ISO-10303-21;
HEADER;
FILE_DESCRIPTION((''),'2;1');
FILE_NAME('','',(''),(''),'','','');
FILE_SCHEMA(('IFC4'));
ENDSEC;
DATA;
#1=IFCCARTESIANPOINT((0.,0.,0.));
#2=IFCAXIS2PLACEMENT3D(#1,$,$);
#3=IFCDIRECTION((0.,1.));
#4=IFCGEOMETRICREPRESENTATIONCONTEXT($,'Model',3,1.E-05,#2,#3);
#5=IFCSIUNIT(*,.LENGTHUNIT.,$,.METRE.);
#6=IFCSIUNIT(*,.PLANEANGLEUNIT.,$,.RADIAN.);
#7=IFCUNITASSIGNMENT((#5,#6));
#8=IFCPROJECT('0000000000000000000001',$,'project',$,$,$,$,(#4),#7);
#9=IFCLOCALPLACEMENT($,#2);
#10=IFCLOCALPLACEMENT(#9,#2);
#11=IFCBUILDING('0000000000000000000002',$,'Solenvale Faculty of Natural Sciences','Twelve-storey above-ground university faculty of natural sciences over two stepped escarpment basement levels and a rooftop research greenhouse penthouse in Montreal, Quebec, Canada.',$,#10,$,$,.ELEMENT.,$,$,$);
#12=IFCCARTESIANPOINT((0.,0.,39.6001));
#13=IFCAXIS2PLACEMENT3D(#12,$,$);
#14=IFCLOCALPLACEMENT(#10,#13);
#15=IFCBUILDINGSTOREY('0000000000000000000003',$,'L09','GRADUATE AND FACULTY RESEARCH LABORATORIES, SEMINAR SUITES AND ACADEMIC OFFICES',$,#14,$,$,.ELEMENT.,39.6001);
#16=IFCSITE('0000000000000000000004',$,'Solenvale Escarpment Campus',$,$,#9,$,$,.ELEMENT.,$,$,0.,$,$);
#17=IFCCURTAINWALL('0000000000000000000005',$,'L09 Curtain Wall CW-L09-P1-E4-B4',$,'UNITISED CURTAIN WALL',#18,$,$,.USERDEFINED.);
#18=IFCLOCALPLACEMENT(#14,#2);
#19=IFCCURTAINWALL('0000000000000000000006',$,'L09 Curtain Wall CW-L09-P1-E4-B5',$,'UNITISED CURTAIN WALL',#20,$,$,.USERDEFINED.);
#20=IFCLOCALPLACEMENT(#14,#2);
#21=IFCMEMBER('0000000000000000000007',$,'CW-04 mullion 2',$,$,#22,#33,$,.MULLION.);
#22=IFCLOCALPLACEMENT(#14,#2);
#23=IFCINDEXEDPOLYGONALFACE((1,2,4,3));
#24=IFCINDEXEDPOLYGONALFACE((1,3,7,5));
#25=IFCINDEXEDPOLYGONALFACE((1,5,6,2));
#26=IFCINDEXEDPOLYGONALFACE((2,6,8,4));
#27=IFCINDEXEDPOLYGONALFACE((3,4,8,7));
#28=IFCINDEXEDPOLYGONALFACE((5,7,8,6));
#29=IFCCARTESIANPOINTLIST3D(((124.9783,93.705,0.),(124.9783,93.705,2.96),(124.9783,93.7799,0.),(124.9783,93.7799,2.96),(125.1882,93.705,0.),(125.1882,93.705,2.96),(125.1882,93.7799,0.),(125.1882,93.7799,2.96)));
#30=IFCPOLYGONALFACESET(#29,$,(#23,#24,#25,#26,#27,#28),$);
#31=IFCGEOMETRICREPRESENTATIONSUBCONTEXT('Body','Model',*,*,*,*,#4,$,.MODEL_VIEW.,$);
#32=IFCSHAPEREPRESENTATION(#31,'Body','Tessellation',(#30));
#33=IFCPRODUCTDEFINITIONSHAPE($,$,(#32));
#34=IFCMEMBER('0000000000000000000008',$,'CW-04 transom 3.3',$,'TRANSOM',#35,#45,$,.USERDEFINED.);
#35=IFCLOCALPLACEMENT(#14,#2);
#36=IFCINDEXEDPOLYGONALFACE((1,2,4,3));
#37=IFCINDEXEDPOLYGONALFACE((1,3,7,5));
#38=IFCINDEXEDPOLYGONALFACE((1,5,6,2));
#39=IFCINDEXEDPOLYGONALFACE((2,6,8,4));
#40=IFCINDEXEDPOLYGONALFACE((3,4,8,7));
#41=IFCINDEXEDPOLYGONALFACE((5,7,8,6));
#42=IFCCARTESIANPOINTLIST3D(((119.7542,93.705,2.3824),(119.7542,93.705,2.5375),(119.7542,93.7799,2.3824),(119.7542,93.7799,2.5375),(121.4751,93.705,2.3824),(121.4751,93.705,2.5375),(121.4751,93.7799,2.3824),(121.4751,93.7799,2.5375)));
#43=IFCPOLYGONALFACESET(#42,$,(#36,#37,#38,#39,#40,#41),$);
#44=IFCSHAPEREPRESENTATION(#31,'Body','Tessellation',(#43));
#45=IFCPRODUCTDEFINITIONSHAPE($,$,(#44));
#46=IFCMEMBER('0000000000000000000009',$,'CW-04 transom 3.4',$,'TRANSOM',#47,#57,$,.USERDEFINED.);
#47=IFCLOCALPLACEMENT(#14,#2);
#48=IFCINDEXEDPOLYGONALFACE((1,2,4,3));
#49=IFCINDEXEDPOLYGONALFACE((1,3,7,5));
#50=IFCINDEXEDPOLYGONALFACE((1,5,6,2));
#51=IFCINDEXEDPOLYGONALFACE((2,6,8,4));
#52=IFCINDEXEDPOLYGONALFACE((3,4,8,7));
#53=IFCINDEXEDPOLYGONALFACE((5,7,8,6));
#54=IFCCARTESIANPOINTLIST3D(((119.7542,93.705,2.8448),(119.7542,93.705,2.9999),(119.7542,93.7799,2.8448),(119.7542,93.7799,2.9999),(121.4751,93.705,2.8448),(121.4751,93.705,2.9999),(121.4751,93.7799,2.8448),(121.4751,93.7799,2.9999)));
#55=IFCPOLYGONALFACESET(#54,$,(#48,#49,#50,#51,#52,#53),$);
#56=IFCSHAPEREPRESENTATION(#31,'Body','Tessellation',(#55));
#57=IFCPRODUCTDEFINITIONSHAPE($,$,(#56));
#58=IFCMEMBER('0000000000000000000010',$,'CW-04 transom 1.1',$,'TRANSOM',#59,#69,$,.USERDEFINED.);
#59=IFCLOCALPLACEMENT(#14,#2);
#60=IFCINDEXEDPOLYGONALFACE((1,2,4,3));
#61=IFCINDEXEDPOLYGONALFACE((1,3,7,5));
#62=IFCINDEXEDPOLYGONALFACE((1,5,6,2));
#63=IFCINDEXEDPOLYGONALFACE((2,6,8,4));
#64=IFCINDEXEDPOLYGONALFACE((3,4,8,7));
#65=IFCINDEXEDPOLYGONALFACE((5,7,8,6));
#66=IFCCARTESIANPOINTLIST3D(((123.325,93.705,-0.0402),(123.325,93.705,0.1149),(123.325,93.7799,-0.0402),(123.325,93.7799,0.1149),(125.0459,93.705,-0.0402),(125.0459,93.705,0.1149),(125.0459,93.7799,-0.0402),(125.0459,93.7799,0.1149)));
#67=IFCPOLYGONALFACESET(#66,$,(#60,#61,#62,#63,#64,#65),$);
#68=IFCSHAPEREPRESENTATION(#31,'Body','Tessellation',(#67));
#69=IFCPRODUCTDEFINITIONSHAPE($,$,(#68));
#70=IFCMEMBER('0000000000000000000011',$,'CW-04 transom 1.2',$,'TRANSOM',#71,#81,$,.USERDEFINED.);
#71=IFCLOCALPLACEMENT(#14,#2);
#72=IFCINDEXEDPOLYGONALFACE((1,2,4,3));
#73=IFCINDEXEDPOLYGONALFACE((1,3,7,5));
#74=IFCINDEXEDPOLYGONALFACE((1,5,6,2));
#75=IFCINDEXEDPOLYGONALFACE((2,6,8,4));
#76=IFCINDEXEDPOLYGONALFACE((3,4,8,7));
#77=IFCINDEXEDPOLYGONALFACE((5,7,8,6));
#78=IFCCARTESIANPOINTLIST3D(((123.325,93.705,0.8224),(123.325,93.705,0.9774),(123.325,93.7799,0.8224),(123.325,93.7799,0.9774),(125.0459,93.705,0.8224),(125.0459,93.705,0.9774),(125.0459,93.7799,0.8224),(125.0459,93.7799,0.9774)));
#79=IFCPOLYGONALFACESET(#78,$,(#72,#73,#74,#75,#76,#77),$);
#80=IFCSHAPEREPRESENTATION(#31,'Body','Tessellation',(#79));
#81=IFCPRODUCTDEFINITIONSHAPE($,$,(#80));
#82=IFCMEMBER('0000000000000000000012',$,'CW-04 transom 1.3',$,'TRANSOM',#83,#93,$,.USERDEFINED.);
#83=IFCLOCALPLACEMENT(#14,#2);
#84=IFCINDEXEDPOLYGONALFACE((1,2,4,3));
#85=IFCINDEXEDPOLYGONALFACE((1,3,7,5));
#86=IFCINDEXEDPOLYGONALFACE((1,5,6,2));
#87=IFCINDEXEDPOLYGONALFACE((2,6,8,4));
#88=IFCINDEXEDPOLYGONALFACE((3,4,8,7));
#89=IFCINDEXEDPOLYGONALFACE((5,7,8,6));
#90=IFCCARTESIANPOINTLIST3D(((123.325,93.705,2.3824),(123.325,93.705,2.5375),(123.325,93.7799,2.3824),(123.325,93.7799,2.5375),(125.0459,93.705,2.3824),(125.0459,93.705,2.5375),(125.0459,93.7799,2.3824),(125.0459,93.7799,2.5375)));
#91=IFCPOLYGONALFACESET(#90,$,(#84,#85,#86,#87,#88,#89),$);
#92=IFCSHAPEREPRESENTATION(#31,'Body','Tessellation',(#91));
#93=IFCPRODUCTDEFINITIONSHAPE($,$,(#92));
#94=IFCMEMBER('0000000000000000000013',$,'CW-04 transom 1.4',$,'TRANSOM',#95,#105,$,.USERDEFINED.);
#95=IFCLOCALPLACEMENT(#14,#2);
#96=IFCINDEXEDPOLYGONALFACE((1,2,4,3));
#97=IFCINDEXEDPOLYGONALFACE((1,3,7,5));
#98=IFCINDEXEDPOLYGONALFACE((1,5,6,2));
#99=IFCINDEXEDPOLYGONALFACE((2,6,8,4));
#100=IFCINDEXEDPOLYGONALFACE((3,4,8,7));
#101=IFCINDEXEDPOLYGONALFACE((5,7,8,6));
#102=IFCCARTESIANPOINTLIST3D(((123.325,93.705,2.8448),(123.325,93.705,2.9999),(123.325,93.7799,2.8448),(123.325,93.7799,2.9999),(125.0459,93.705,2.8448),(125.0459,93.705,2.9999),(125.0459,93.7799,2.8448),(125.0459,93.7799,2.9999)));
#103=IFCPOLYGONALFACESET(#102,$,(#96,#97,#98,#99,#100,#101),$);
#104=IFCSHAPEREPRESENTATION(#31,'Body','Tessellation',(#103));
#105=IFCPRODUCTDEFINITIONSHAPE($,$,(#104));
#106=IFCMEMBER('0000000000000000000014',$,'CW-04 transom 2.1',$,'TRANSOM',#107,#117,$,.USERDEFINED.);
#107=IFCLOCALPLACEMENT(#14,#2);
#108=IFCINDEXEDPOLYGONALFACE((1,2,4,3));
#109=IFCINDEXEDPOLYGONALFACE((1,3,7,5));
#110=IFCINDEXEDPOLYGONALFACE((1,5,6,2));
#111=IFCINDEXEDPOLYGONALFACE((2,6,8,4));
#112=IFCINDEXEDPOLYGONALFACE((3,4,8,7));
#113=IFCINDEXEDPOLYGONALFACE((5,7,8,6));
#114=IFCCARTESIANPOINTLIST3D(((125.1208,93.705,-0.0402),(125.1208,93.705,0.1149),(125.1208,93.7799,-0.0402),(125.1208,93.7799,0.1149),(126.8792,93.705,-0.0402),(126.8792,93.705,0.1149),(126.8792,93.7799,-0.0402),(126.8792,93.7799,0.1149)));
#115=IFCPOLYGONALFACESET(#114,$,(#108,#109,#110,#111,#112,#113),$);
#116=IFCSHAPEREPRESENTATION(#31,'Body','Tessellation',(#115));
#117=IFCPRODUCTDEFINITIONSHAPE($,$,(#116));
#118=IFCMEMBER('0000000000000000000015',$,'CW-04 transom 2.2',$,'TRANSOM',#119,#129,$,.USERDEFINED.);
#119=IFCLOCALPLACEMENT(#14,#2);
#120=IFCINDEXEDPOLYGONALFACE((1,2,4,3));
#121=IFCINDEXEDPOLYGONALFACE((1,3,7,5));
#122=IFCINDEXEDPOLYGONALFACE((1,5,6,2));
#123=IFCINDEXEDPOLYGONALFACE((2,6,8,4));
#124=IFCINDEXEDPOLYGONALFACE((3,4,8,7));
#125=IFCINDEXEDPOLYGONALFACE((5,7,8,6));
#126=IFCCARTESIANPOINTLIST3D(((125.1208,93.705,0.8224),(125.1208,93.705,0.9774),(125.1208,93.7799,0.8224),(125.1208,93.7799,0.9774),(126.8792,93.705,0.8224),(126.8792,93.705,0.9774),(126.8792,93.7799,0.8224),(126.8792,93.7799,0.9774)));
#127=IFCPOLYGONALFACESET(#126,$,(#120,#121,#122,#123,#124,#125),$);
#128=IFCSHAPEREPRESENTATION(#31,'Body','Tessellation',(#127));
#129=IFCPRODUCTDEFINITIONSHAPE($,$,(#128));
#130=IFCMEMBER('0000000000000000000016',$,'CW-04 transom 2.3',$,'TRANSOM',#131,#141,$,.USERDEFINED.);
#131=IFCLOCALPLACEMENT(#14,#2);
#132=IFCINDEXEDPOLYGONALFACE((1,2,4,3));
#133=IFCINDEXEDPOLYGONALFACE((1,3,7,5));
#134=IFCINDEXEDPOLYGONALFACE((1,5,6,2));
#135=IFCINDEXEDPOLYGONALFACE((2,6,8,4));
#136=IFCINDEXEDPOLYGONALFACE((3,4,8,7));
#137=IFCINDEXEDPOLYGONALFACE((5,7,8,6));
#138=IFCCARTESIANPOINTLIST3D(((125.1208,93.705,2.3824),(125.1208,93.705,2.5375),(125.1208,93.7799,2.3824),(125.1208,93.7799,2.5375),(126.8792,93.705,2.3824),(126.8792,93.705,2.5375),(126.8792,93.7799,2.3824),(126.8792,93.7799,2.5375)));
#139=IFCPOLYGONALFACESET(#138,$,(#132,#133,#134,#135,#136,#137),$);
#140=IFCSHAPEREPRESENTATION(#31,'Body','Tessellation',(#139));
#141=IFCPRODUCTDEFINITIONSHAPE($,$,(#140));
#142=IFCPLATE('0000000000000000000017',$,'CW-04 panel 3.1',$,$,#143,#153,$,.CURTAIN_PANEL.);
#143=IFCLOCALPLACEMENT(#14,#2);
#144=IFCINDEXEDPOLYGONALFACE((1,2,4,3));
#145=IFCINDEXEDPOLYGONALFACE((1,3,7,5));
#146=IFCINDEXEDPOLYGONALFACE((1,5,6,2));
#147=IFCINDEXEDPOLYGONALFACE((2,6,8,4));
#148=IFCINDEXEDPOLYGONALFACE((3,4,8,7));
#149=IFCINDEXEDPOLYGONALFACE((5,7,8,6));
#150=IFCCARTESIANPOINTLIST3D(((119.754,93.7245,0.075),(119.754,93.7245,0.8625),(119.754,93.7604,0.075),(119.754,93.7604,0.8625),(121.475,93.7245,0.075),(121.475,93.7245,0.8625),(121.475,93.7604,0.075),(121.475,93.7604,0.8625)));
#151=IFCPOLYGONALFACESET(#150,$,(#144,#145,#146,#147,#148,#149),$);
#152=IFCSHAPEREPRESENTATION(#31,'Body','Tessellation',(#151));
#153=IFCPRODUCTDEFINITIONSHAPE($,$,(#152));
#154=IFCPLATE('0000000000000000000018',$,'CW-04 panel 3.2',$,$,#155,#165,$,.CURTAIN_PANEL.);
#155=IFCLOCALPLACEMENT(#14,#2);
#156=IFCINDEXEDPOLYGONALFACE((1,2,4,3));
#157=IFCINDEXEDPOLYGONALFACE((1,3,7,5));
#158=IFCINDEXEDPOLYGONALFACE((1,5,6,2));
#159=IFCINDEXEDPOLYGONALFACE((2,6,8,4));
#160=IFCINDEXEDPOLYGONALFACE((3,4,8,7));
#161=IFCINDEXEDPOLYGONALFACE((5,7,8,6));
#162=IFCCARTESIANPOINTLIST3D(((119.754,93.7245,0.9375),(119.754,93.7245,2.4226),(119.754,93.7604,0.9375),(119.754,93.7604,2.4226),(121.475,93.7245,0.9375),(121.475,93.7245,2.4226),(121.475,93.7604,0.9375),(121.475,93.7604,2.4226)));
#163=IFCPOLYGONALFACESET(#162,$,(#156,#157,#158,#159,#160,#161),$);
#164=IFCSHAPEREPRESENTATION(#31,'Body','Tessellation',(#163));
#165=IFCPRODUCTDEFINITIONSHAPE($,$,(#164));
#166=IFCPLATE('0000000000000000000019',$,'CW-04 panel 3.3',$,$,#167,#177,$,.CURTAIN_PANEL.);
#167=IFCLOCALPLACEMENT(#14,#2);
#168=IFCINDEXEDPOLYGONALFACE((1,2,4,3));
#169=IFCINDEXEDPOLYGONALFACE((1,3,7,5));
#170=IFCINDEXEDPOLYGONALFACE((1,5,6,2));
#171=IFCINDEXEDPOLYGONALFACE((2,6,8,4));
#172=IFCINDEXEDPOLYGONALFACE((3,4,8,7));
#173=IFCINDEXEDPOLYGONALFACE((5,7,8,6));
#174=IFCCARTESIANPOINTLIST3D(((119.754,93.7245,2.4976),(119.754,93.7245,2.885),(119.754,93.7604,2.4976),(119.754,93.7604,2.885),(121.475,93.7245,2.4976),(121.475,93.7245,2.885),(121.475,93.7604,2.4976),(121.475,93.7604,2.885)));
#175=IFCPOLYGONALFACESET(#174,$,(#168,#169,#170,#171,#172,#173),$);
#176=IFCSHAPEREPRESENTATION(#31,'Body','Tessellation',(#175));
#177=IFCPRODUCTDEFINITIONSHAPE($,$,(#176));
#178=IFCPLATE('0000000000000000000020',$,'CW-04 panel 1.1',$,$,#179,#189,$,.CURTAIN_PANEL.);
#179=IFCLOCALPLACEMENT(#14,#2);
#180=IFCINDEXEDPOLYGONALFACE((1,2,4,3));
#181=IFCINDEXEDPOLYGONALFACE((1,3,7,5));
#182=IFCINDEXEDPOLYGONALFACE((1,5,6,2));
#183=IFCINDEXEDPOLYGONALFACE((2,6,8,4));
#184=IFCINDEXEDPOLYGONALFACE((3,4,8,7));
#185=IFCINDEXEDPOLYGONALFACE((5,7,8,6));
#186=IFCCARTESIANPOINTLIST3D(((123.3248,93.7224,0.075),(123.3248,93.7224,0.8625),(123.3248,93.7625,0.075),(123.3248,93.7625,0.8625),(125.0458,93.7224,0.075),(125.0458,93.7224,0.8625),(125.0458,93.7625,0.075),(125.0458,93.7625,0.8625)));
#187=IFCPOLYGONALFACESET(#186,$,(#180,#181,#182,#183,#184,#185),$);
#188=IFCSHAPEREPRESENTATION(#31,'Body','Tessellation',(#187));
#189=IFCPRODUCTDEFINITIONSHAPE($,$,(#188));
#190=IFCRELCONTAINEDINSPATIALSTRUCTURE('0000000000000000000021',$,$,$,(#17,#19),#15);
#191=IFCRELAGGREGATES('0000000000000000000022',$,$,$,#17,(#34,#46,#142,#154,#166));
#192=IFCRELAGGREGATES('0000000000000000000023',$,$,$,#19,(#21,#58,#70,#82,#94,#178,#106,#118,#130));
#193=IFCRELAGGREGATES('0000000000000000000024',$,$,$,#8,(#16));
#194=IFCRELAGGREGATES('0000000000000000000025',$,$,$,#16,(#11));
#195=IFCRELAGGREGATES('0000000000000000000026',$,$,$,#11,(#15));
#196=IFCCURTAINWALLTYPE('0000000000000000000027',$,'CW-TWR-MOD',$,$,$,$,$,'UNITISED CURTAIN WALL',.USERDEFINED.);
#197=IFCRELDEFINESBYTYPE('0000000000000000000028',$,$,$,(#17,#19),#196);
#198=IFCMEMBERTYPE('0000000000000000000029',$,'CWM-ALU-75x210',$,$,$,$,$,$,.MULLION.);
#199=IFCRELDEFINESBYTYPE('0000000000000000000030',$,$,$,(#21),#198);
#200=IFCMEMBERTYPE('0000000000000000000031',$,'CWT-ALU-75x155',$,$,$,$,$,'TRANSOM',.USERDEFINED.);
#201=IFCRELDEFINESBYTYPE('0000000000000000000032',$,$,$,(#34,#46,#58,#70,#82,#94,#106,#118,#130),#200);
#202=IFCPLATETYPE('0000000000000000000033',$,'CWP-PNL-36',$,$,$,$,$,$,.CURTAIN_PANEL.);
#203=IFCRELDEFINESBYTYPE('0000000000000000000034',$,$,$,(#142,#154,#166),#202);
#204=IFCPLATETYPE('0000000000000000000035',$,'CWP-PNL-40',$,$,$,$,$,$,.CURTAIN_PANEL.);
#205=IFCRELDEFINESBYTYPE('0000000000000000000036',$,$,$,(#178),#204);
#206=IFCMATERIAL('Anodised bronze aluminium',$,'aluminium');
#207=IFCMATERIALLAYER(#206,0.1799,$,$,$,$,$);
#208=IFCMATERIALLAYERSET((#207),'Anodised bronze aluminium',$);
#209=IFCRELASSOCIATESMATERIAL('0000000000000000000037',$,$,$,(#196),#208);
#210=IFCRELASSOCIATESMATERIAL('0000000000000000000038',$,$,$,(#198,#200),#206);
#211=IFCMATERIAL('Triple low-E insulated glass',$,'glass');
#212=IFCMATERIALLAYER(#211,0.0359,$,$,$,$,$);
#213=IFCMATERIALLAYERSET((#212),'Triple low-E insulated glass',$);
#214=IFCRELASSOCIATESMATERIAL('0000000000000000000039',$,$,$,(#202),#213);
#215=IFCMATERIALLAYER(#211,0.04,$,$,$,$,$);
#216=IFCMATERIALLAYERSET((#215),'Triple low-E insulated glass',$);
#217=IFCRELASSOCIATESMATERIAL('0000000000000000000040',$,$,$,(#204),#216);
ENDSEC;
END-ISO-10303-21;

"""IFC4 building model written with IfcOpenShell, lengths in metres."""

from ifc_helpers import new_model, si_unit, direction, frame, origin, origin_2d, place, context, subcontext, project, spatial, rectangle, extrude, material, layer, layer_set, material_profile, profile_set, type_object, element, aggregate, save


model = new_model("IFC4")

# Units and contexts
model_context = context("Model", 3, precision=1e-05, world=origin(), true_north=direction((0.0, 1.0)))
body_context = subcontext(model_context, "Body", "Model", "MODEL_VIEW")
ifc_project = project(units=[si_unit("LENGTHUNIT", "METRE"), si_unit("PLANEANGLEUNIT", "RADIAN")], contexts=[model_context])

# Site, building, storey
site_placement = place(None, origin())
site = spatial("IfcSite", under=ifc_project, at=site_placement, Name="Solenvale Escarpment Campus", CompositionType="ELEMENT", RefElevation=0.0)
building_placement = place(site_placement, origin())
building = spatial("IfcBuilding", under=site, at=building_placement, Name="Solenvale Faculty of Natural Sciences", Description="Twelve-storey above-ground university faculty of natural sciences over two stepped escarpment basement levels and a rooftop research greenhouse penthouse in Montreal, Quebec, Canada.", CompositionType="ELEMENT")
storey_placement = place(building_placement, frame((0.0, 0.0, 39.6001)))
storey = spatial("IfcBuildingStorey", under=building, at=storey_placement, Name="L09", Description="GRADUATE AND FACULTY RESEARCH LABORATORIES, SEMINAR SUITES AND ACADEMIC OFFICES", CompositionType="ELEMENT", Elevation=39.6001)

# Curtain wall
ifc_material_1 = material(Name="Anodised bronze aluminium", Category="aluminium")
ifc_layer_1 = layer(ifc_material_1, 0.1799)
ifc_layer_set_1 = layer_set([ifc_layer_1], Name="Anodised bronze aluminium")
curtain_wall_type = type_object("IfcCurtainWallType", Name="CW-TWR-MOD", ElementType="UNITISED CURTAIN WALL", PredefinedType="USERDEFINED", material=ifc_layer_set_1)
curtain_wall_1_placement = place(storey_placement, origin())
curtain_wall_1 = element("IfcCurtainWall", 1, at=curtain_wall_1_placement, inside=storey, type_object=curtain_wall_type, Name="L09 Curtain Wall CW-L09-P1-E4-B4", ObjectType="UNITISED CURTAIN WALL", PredefinedType="USERDEFINED")
ifc_material_profile_1 = material_profile(ifc_material_1, rectangle(XDim=0.075, YDim=0.21, at=origin_2d()), Name="ALU-MUL-75x210")
ifc_profile_set_1 = profile_set([ifc_material_profile_1], Name="Anodised bronze aluminium")
member_type_1 = type_object("IfcMemberType", Name="CWM-ALU-75x210", PredefinedType="MULLION", material=ifc_profile_set_1)

# Curtain wall, member
curtain_wall_2_placement = place(storey_placement, origin())
curtain_wall_2 = element("IfcCurtainWall", 2, at=curtain_wall_2_placement, inside=storey, type_object=curtain_wall_type, Name="L09 Curtain Wall CW-L09-P1-E4-B5", ObjectType="UNITISED CURTAIN WALL", PredefinedType="USERDEFINED")
member_1_placement = place(storey_placement, frame((125.0833, 93.7424, 0.0), z_axis=(0.0, 0.0, 1.0), x_axis=(0.0, 1.0, 0.0)))
member_1 = element("IfcMember", 3, at=member_1_placement, type_object=member_type_1, Name="CW-04 mullion 2", PredefinedType="MULLION", context=body_context, shape_type="SweptSolid", body=[
    extrude(rectangle(XDim=0.075, YDim=0.21, at=origin_2d()), origin(), (0.0, 0.0, 1.0), 2.96),
])

# Members
ifc_material_profile_2 = material_profile(ifc_material_1, rectangle(XDim=0.075, YDim=0.155, at=origin_2d()), Name="ALU-TRN-75x155")
ifc_profile_set_2 = profile_set([ifc_material_profile_2], Name="Anodised bronze aluminium")
member_type_2 = type_object("IfcMemberType", Name="CWT-ALU-75x155", ElementType="TRANSOM", PredefinedType="USERDEFINED", material=ifc_profile_set_2)
member_2_placement = place(storey_placement, frame((119.7542, 93.7424, 2.46), z_axis=(1.0, 0.0, 0.0), x_axis=(0.0, 1.0, 0.0)))
member_2 = element("IfcMember", 4, at=member_2_placement, type_object=member_type_2, Name="CW-04 transom 3.3", ObjectType="TRANSOM", PredefinedType="USERDEFINED", context=body_context, shape_type="SweptSolid", body=[
    extrude(rectangle(XDim=0.075, YDim=0.155, at=origin_2d()), origin(), (0.0, 0.0, 1.0), 1.7209),
])
member_3_placement = place(storey_placement, frame((119.7542, 93.7424, 2.9224), z_axis=(1.0, 0.0, 0.0), x_axis=(0.0, 1.0, 0.0)))
member_3 = element("IfcMember", 5, at=member_3_placement, type_object=member_type_2, Name="CW-04 transom 3.4", ObjectType="TRANSOM", PredefinedType="USERDEFINED", context=body_context, shape_type="SweptSolid", body=[
    extrude(rectangle(XDim=0.075, YDim=0.155, at=origin_2d()), origin(), (0.0, 0.0, 1.0), 1.7209),
])
member_4_placement = place(storey_placement, frame((123.325, 93.7424, 0.0374), z_axis=(1.0, 0.0, 0.0), x_axis=(0.0, 1.0, 0.0)))
member_4 = element("IfcMember", 6, at=member_4_placement, type_object=member_type_2, Name="CW-04 transom 1.1", ObjectType="TRANSOM", PredefinedType="USERDEFINED", context=body_context, shape_type="SweptSolid", body=[
    extrude(rectangle(XDim=0.075, YDim=0.155, at=origin_2d()), origin(), (0.0, 0.0, 1.0), 1.7209),
])
member_5_placement = place(storey_placement, frame((123.325, 93.7424, 0.8999), z_axis=(1.0, 0.0, 0.0), x_axis=(0.0, 1.0, 0.0)))
member_5 = element("IfcMember", 7, at=member_5_placement, type_object=member_type_2, Name="CW-04 transom 1.2", ObjectType="TRANSOM", PredefinedType="USERDEFINED", context=body_context, shape_type="SweptSolid", body=[
    extrude(rectangle(XDim=0.075, YDim=0.155, at=origin_2d()), origin(), (0.0, 0.0, 1.0), 1.7209),
])
member_6_placement = place(storey_placement, frame((123.325, 93.7424, 2.46), z_axis=(1.0, 0.0, 0.0), x_axis=(0.0, 1.0, 0.0)))
member_6 = element("IfcMember", 8, at=member_6_placement, type_object=member_type_2, Name="CW-04 transom 1.3", ObjectType="TRANSOM", PredefinedType="USERDEFINED", context=body_context, shape_type="SweptSolid", body=[
    extrude(rectangle(XDim=0.075, YDim=0.155, at=origin_2d()), origin(), (0.0, 0.0, 1.0), 1.7209),
])
member_7_placement = place(storey_placement, frame((123.325, 93.7424, 2.9224), z_axis=(1.0, 0.0, 0.0), x_axis=(0.0, 1.0, 0.0)))
member_7 = element("IfcMember", 9, at=member_7_placement, type_object=member_type_2, Name="CW-04 transom 1.4", ObjectType="TRANSOM", PredefinedType="USERDEFINED", context=body_context, shape_type="SweptSolid", body=[
    extrude(rectangle(XDim=0.075, YDim=0.155, at=origin_2d()), origin(), (0.0, 0.0, 1.0), 1.7209),
])
member_8_placement = place(storey_placement, frame((125.1208, 93.7424, 0.0374), z_axis=(1.0, 0.0, 0.0), x_axis=(0.0, 1.0, 0.0)))
member_8 = element("IfcMember", 10, at=member_8_placement, type_object=member_type_2, Name="CW-04 transom 2.1", ObjectType="TRANSOM", PredefinedType="USERDEFINED", context=body_context, shape_type="SweptSolid", body=[
    extrude(rectangle(XDim=0.075, YDim=0.155, at=origin_2d()), origin(), (0.0, 0.0, 1.0), 1.7583),
])
member_9_placement = place(storey_placement, frame((125.1208, 93.7424, 0.8999), z_axis=(1.0, 0.0, 0.0), x_axis=(0.0, 1.0, 0.0)))
member_9 = element("IfcMember", 11, at=member_9_placement, type_object=member_type_2, Name="CW-04 transom 2.2", ObjectType="TRANSOM", PredefinedType="USERDEFINED", context=body_context, shape_type="SweptSolid", body=[
    extrude(rectangle(XDim=0.075, YDim=0.155, at=origin_2d()), origin(), (0.0, 0.0, 1.0), 1.7583),
])
member_10_placement = place(storey_placement, frame((125.1208, 93.7424, 2.46), z_axis=(1.0, 0.0, 0.0), x_axis=(0.0, 1.0, 0.0)))
member_10 = element("IfcMember", 12, at=member_10_placement, type_object=member_type_2, Name="CW-04 transom 2.3", ObjectType="TRANSOM", PredefinedType="USERDEFINED", context=body_context, shape_type="SweptSolid", body=[
    extrude(rectangle(XDim=0.075, YDim=0.155, at=origin_2d()), origin(), (0.0, 0.0, 1.0), 1.7583),
])

# Plates
ifc_material_2 = material(Name="Triple low-E insulated glass", Category="glass")
ifc_layer_2 = layer(ifc_material_2, 0.0359)
ifc_layer_set_2 = layer_set([ifc_layer_2], Name="Triple low-E insulated glass")
plate_type_1 = type_object("IfcPlateType", Name="CWP-PNL-36", PredefinedType="CURTAIN_PANEL", material=ifc_layer_set_2)
plate_1_placement = place(storey_placement, frame((120.6145, 93.7424, 0.075), z_axis=(0.0, 0.0, 1.0), x_axis=(1.0, 0.0, 0.0)))
plate_1 = element("IfcPlate", 13, at=plate_1_placement, type_object=plate_type_1, Name="CW-04 panel 3.1", PredefinedType="CURTAIN_PANEL", context=body_context, shape_type="SweptSolid", body=[
    extrude(rectangle(XDim=1.7209, YDim=0.0359, at=origin_2d()), origin(), (0.0, 0.0, 1.0), 0.7876),
])
plate_2_placement = place(storey_placement, frame((120.6145, 93.7424, 0.9375), z_axis=(0.0, 0.0, 1.0), x_axis=(1.0, 0.0, 0.0)))
plate_2 = element("IfcPlate", 14, at=plate_2_placement, type_object=plate_type_1, Name="CW-04 panel 3.2", PredefinedType="CURTAIN_PANEL", context=body_context, shape_type="SweptSolid", body=[
    extrude(rectangle(XDim=1.7209, YDim=0.0359, at=origin_2d()), origin(), (0.0, 0.0, 1.0), 1.4851),
])
plate_3_placement = place(storey_placement, frame((120.6145, 93.7424, 2.4976), z_axis=(0.0, 0.0, 1.0), x_axis=(1.0, 0.0, 0.0)))
plate_3 = element("IfcPlate", 15, at=plate_3_placement, type_object=plate_type_1, Name="CW-04 panel 3.3", PredefinedType="CURTAIN_PANEL", context=body_context, shape_type="SweptSolid", body=[
    extrude(rectangle(XDim=1.7209, YDim=0.0359, at=origin_2d()), origin(), (0.0, 0.0, 1.0), 0.3875),
])
aggregate(curtain_wall_1, [member_2, member_3, plate_1, plate_2, plate_3])
ifc_layer_3 = layer(ifc_material_2, 0.04)
ifc_layer_set_3 = layer_set([ifc_layer_3], Name="Triple low-E insulated glass")
plate_type_2 = type_object("IfcPlateType", Name="CWP-PNL-40", PredefinedType="CURTAIN_PANEL", material=ifc_layer_set_3)
plate_4_placement = place(storey_placement, frame((124.1853, 93.7424, 0.075), z_axis=(0.0, 0.0, 1.0), x_axis=(1.0, 0.0, 0.0)))
plate_4 = element("IfcPlate", 16, at=plate_4_placement, type_object=plate_type_2, Name="CW-04 panel 1.1", PredefinedType="CURTAIN_PANEL", context=body_context, shape_type="SweptSolid", body=[
    extrude(rectangle(XDim=1.7209, YDim=0.04, at=origin_2d()), origin(), (0.0, 0.0, 1.0), 0.7876),
])
aggregate(curtain_wall_2, [member_1, member_4, member_5, member_6, member_7, plate_4, member_8, member_9, member_10])

save(model, "model.ifc")
